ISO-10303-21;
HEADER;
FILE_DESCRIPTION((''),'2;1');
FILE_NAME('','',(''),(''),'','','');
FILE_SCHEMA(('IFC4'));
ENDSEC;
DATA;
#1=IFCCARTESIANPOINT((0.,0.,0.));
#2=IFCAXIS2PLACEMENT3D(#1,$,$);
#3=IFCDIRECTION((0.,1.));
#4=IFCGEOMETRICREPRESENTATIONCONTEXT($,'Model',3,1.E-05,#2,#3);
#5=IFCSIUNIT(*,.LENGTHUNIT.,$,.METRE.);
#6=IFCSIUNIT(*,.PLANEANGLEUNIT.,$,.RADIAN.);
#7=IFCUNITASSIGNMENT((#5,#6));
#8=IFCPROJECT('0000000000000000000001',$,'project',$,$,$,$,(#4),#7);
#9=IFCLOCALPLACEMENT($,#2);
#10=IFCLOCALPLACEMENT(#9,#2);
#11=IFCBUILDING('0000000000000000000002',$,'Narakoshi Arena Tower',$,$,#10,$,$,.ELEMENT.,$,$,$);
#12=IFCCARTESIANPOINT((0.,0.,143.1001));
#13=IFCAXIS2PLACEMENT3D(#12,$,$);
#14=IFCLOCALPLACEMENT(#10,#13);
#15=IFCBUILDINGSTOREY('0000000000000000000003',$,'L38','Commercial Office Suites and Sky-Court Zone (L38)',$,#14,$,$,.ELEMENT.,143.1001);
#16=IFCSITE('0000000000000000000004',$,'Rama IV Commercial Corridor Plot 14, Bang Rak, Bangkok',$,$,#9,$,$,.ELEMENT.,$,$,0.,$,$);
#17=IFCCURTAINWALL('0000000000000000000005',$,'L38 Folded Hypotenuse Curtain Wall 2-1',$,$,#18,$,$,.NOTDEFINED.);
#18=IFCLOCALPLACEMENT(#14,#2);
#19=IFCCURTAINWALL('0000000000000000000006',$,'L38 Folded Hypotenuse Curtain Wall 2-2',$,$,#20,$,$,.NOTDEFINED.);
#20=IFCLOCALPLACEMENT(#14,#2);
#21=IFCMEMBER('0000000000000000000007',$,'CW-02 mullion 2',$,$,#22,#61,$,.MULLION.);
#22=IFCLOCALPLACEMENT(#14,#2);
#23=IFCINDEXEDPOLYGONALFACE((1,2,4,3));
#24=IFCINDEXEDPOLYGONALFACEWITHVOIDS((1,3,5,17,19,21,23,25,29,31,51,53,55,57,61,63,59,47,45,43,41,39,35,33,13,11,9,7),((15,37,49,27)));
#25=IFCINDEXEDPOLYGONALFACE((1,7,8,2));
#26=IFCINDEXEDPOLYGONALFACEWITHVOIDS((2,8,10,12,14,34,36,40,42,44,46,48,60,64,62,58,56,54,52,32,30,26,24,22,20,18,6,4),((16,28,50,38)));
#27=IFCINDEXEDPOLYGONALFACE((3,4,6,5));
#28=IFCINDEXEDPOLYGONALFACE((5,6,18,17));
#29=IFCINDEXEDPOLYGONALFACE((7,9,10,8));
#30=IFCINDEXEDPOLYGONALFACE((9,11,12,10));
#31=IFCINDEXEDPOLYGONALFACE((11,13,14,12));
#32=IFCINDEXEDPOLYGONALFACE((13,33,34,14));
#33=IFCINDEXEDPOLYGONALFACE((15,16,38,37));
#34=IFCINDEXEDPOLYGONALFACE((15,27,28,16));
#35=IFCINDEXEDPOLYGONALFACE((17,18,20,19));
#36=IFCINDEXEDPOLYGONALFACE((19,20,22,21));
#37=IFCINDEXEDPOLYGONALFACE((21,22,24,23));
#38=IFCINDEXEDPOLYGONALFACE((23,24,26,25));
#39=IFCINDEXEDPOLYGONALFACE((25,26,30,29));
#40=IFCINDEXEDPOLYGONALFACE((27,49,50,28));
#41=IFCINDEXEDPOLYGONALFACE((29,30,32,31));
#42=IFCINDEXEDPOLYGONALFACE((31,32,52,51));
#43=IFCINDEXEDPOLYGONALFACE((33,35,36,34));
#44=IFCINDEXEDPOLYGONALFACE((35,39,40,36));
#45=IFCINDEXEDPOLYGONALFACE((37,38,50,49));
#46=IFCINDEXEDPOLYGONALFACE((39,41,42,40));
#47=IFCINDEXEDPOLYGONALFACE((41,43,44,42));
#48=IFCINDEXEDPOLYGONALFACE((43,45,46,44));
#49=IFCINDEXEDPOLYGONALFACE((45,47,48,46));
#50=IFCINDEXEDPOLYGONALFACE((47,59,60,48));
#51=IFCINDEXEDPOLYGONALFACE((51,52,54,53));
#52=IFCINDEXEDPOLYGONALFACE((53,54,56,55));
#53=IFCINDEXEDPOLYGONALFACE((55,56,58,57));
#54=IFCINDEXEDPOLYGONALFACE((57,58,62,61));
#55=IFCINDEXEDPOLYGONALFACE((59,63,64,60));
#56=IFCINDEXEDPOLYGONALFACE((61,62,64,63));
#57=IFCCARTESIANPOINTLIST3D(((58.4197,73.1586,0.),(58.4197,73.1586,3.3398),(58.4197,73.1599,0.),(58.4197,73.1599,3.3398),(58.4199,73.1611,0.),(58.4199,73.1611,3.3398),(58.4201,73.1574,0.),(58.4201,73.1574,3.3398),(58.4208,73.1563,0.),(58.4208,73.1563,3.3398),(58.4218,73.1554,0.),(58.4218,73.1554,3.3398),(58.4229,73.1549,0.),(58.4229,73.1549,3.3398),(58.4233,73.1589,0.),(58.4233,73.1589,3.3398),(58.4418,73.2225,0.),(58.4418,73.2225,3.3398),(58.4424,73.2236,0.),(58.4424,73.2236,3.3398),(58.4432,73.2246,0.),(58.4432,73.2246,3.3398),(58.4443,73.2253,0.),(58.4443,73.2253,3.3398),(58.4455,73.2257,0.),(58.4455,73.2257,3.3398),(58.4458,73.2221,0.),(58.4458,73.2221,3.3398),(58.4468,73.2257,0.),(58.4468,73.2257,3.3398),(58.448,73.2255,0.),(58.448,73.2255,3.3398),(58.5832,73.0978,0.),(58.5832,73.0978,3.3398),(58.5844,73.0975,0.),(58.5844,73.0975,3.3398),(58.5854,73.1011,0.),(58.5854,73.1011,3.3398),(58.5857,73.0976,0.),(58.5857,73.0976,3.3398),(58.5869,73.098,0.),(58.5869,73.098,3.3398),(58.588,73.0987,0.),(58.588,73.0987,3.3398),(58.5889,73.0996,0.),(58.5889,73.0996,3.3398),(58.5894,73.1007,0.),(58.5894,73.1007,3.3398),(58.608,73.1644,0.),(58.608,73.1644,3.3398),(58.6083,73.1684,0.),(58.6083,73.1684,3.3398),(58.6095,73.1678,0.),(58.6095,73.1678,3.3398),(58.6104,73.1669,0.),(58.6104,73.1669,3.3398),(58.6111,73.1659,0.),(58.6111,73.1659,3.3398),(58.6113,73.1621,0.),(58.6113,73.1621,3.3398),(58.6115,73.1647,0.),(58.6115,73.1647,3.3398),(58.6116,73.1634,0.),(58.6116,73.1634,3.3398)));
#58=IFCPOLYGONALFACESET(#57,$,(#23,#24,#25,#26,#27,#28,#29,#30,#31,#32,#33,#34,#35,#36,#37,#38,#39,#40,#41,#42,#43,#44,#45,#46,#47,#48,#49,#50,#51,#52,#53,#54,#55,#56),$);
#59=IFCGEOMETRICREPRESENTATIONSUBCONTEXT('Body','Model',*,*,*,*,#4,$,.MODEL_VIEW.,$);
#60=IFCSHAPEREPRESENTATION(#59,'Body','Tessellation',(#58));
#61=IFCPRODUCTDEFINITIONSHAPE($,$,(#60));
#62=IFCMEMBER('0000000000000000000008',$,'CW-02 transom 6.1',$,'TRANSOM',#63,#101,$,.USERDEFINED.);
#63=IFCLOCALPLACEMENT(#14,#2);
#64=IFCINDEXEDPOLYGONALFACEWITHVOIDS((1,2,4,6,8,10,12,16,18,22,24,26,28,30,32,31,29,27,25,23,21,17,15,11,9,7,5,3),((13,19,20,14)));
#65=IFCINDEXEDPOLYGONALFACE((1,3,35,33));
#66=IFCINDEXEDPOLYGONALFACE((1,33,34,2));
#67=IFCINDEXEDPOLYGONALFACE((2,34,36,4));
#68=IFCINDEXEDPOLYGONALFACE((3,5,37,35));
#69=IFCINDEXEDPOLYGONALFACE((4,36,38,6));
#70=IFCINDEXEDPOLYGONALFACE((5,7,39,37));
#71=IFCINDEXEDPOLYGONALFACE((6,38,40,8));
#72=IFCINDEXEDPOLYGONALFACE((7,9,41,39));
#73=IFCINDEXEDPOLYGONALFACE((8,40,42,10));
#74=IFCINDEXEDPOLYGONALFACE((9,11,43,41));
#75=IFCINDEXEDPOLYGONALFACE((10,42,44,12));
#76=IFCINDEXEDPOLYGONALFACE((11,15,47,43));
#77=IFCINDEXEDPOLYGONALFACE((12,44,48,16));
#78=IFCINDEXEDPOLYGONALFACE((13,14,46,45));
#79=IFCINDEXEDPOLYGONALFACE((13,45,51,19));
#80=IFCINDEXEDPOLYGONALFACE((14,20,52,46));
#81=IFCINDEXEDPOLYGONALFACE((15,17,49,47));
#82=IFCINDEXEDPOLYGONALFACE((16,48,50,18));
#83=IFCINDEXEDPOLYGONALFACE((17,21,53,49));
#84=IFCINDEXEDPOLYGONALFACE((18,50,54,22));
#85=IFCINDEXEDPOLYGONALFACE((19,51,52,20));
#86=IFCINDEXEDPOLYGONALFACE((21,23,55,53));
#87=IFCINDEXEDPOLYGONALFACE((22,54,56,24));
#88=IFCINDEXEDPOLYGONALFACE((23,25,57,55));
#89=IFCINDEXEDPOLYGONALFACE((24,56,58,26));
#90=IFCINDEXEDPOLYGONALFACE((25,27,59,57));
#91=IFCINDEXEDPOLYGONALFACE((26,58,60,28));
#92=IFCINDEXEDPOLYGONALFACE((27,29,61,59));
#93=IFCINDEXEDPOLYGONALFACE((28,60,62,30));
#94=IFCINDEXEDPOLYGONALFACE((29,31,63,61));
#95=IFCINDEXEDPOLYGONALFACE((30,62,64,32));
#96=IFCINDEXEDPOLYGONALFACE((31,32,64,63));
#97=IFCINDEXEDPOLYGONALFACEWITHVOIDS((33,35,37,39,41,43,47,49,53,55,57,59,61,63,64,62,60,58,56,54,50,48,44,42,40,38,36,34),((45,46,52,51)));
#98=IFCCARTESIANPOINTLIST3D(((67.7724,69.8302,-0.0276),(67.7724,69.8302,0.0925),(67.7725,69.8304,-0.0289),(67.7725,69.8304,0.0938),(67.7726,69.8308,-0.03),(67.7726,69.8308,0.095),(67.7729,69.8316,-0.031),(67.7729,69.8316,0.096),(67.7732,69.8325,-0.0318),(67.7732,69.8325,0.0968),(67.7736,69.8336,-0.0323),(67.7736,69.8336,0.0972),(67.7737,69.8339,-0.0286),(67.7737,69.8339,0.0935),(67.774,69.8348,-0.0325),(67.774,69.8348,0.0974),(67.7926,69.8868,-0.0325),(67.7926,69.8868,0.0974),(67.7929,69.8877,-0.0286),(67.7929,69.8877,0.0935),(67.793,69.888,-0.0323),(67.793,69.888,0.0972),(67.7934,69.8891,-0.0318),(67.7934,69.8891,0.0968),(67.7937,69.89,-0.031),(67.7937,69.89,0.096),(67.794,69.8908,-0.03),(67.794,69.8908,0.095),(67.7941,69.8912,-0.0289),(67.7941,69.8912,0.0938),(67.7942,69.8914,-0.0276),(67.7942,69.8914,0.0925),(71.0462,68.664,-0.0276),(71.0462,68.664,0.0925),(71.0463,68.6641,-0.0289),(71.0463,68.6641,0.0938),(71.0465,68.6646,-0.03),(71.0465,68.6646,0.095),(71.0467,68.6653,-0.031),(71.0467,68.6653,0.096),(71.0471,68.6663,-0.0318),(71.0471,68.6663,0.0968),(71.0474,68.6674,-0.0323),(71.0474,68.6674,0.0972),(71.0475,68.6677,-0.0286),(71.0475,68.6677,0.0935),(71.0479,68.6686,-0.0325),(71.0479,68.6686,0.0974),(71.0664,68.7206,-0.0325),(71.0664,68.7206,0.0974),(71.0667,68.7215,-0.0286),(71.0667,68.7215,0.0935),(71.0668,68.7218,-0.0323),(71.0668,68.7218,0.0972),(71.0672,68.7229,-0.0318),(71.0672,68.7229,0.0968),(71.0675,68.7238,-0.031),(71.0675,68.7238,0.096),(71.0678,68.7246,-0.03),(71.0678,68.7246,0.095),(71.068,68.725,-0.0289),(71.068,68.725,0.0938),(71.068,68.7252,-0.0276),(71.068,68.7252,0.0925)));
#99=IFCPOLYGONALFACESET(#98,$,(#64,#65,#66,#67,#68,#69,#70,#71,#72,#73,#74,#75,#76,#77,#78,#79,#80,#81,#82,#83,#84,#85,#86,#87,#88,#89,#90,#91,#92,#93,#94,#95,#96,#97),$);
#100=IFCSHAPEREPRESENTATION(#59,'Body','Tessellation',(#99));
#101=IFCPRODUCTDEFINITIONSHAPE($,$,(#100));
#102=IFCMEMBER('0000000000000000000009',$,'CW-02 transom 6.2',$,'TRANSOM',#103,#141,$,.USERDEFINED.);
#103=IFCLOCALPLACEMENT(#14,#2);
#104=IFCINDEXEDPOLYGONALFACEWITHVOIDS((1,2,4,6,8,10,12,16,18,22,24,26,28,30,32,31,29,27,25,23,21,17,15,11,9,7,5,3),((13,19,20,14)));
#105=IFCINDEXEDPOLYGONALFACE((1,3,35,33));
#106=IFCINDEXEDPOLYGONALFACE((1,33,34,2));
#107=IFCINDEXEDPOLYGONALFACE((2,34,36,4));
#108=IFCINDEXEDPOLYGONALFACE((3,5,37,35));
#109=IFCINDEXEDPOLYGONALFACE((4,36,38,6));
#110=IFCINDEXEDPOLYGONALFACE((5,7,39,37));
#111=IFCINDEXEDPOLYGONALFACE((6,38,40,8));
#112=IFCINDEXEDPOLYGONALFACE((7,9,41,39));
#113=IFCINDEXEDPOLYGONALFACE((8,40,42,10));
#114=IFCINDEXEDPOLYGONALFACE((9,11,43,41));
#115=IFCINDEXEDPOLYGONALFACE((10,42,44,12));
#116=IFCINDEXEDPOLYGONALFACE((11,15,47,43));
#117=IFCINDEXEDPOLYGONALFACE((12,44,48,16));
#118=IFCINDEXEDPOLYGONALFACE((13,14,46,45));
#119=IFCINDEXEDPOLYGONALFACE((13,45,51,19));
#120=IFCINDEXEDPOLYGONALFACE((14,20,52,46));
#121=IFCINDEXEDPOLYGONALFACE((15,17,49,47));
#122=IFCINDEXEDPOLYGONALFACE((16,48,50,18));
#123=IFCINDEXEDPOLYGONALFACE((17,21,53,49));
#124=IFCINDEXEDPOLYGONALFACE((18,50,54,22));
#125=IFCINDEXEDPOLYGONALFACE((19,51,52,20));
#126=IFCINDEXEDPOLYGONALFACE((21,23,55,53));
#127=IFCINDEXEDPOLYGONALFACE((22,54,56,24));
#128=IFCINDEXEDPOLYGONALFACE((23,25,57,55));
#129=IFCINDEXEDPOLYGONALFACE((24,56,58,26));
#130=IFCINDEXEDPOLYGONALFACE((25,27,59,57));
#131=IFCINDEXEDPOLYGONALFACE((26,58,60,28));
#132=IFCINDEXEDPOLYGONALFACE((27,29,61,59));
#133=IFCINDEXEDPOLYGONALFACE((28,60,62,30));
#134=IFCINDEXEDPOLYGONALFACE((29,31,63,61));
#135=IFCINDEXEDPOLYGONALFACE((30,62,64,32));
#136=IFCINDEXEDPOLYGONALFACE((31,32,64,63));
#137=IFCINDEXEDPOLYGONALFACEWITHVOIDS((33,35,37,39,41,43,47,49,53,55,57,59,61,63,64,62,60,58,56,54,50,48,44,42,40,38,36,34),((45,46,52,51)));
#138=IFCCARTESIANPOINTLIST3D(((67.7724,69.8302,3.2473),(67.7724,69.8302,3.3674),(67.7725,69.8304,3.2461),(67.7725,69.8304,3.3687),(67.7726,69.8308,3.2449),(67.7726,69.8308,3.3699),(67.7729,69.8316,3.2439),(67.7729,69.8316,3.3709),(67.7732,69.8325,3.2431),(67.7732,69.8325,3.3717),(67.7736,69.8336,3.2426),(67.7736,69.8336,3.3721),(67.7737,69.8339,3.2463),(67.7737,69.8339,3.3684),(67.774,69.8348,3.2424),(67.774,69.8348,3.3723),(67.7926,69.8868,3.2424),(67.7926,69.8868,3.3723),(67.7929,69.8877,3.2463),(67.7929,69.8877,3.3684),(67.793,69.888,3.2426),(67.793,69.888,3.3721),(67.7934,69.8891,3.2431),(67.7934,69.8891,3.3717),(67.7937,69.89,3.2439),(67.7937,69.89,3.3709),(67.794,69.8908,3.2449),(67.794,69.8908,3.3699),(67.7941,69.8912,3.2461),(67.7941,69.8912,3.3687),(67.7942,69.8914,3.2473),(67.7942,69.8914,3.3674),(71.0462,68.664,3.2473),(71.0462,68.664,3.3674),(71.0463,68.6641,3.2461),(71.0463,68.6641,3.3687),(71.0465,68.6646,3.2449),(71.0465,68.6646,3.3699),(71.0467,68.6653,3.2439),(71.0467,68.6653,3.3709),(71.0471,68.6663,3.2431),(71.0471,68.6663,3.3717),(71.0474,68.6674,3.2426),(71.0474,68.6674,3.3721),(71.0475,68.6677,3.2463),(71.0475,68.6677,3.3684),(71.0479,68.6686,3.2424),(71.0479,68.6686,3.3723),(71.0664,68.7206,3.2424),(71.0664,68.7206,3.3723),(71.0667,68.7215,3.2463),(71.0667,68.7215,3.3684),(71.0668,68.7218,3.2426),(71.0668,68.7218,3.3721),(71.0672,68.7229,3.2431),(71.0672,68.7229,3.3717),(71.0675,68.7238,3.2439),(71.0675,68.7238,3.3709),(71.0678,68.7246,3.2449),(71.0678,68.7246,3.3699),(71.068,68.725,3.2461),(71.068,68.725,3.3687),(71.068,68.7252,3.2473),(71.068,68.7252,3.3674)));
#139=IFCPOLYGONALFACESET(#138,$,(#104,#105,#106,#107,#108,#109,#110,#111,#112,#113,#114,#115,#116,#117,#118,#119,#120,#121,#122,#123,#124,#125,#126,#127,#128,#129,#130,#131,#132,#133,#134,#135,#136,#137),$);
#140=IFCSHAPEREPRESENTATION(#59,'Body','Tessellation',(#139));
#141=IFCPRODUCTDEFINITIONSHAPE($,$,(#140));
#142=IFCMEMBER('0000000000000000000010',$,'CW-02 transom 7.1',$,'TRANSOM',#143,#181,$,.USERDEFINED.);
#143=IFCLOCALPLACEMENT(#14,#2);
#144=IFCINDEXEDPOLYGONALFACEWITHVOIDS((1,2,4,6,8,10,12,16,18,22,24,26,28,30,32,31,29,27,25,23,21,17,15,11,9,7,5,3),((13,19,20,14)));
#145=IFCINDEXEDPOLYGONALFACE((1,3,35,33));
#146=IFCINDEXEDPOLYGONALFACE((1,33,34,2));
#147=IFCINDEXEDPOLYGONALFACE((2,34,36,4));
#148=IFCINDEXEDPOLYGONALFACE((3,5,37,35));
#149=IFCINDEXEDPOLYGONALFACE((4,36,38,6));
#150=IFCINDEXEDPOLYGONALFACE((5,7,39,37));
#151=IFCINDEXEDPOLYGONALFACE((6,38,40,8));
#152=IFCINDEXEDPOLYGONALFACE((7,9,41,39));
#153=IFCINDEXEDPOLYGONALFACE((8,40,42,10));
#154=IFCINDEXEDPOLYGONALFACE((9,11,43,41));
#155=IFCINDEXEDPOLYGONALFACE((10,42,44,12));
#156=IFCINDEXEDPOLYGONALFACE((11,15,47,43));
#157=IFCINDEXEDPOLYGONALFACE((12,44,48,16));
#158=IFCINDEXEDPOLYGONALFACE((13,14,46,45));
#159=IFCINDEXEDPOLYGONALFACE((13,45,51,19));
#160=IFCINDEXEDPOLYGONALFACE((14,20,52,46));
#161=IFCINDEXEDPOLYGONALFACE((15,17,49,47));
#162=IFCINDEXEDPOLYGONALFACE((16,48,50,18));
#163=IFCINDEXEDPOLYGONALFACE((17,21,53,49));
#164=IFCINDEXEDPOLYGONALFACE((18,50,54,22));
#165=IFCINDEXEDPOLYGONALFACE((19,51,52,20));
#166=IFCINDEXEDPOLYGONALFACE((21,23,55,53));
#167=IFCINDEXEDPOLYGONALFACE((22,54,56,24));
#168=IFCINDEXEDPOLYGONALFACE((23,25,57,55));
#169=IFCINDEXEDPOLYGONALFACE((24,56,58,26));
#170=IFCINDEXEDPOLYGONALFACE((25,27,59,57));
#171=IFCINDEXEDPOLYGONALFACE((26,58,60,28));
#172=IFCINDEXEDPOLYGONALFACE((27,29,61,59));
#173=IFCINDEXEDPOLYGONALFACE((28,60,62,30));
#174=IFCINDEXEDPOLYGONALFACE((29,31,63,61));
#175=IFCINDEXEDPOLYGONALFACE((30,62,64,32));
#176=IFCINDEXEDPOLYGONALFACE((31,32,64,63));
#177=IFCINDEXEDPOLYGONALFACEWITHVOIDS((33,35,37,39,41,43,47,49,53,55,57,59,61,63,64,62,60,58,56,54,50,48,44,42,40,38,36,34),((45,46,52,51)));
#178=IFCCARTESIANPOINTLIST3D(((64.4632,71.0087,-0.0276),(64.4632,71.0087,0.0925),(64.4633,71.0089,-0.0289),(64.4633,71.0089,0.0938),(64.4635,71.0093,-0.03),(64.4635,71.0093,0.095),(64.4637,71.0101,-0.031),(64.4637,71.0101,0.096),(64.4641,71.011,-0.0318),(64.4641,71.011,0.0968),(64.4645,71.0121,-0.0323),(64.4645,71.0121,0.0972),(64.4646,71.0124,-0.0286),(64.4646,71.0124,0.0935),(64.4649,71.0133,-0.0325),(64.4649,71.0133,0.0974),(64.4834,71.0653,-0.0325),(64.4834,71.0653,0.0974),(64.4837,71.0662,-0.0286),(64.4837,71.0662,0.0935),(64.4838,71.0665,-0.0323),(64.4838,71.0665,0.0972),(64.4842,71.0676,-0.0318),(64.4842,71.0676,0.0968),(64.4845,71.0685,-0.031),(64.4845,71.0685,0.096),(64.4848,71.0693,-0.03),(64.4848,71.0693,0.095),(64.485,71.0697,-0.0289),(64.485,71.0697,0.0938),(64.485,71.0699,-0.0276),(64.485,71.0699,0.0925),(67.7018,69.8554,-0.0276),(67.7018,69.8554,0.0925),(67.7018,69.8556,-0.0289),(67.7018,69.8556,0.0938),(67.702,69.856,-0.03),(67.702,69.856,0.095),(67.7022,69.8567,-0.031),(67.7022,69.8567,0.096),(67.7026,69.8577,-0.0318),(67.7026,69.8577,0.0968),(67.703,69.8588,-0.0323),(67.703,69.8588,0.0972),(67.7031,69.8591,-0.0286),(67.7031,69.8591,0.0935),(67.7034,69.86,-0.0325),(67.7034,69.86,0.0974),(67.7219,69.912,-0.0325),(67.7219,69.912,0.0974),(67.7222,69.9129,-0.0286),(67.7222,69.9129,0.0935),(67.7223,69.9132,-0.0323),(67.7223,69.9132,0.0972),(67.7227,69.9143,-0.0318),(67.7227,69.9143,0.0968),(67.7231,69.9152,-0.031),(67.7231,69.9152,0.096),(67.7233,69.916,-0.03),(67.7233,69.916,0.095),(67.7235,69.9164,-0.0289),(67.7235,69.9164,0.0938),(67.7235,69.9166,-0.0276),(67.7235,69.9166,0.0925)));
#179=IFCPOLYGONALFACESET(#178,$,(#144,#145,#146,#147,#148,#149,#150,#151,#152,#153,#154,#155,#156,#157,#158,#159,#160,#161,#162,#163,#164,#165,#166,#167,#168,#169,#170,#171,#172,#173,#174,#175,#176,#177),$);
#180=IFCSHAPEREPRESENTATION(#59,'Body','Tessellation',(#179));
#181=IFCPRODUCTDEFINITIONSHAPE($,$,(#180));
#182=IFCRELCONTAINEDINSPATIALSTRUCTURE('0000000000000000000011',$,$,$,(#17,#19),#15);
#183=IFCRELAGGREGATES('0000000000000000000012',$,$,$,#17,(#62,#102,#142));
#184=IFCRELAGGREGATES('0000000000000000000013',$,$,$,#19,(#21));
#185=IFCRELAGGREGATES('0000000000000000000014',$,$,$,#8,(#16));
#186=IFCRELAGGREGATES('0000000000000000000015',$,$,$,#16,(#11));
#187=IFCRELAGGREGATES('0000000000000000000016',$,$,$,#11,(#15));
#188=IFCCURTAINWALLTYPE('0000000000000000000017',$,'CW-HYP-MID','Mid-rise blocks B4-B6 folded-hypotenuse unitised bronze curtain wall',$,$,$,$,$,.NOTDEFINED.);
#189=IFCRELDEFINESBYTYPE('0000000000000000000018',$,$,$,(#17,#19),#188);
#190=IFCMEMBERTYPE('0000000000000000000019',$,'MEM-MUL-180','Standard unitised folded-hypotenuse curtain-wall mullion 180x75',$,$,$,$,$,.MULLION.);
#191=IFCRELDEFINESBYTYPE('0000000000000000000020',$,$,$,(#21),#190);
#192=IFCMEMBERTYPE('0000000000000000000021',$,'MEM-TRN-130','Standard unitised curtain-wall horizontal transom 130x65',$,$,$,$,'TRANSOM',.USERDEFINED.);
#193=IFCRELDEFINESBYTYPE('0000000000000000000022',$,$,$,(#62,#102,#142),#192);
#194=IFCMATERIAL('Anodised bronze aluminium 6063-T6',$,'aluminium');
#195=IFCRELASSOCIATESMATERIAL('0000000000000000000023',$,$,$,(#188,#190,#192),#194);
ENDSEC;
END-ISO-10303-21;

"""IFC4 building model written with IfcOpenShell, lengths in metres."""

from ifc_helpers import new_model, si_unit, direction, frame, origin, origin_2d, place, context, subcontext, project, spatial, hollow_rectangle, extrude, material, material_profile, profile_set, type_object, element, aggregate, save


model = new_model("IFC4")

# Units and contexts
model_context = context("Model", 3, precision=1e-05, world=origin(), true_north=direction((0.0, 1.0)))
body_context = subcontext(model_context, "Body", "Model", "MODEL_VIEW")
ifc_project = project(units=[si_unit("LENGTHUNIT", "METRE"), si_unit("PLANEANGLEUNIT", "RADIAN")], contexts=[model_context])

# Site, building, storey
site_placement = place(None, origin())
site = spatial("IfcSite", under=ifc_project, at=site_placement, Name="Rama IV Commercial Corridor Plot 14, Bang Rak, Bangkok", CompositionType="ELEMENT", RefElevation=0.0)
building_placement = place(site_placement, origin())
building = spatial("IfcBuilding", under=site, at=building_placement, Name="Narakoshi Arena Tower", CompositionType="ELEMENT")
storey_placement = place(building_placement, frame((0.0, 0.0, 143.1001)))
storey = spatial("IfcBuildingStorey", under=building, at=storey_placement, Name="L38", Description="Commercial Office Suites and Sky-Court Zone (L38)", CompositionType="ELEMENT", Elevation=143.1001)

# Curtain walls, member
ifc_material_1 = material(Name="Anodised bronze aluminium 6063-T6", Category="aluminium")
curtain_wall_type = type_object("IfcCurtainWallType", Name="CW-HYP-MID", Description="Mid-rise blocks B4-B6 folded-hypotenuse unitised bronze curtain wall", PredefinedType="NOTDEFINED", material=ifc_material_1)
curtain_wall_1_placement = place(storey_placement, origin())
curtain_wall_1 = element("IfcCurtainWall", 1, at=curtain_wall_1_placement, inside=storey, type_object=curtain_wall_type, Name="L38 Folded Hypotenuse Curtain Wall 2-1", PredefinedType="NOTDEFINED")
ifc_material_profile_1 = material_profile(ifc_material_1, hollow_rectangle(XDim=0.075, YDim=0.1799, WallThickness=0.0039, OuterFilletRadius=0.0049, at=origin_2d()), Name="MUL180x75x4")
ifc_profile_set_1 = profile_set([ifc_material_profile_1], Name="Anodised bronze aluminium 6063-T6")
member_type_1 = type_object("IfcMemberType", Name="MEM-MUL-180", Description="Standard unitised folded-hypotenuse curtain-wall mullion 180x75", PredefinedType="MULLION", material=ifc_profile_set_1)
curtain_wall_2_placement = place(storey_placement, origin())
curtain_wall_2 = element("IfcCurtainWall", 2, at=curtain_wall_2_placement, inside=storey, type_object=curtain_wall_type, Name="L38 Folded Hypotenuse Curtain Wall 2-2", PredefinedType="NOTDEFINED")
member_1_placement = place(storey_placement, frame((58.5156, 73.1616, 0.0), z_axis=(0.0, 0.0, 1.0), x_axis=(-0.335542, -0.942025, 0.0)))
member_1 = element("IfcMember", 3, at=member_1_placement, type_object=member_type_1, Name="CW-02 mullion 2", PredefinedType="MULLION", context=body_context, shape_type="SweptSolid", body=[
    extrude(hollow_rectangle(XDim=0.075, YDim=0.1799, WallThickness=0.0039, OuterFilletRadius=0.0049, at=origin_2d()), origin(), (0.0, 0.0, 1.0), 3.3398),
])

# Members
ifc_material_profile_2 = material_profile(ifc_material_1, hollow_rectangle(XDim=0.0649, YDim=0.1299, WallThickness=0.0039, OuterFilletRadius=0.0049, at=origin_2d()), Name="TRN130x65x4")
ifc_profile_set_2 = profile_set([ifc_material_profile_2], Name="Anodised bronze aluminium 6063-T6")
member_type_2 = type_object("IfcMemberType", Name="MEM-TRN-130", Description="Standard unitised curtain-wall horizontal transom 130x65", ElementType="TRANSOM", PredefinedType="USERDEFINED", material=ifc_profile_set_2)
member_2_placement = place(storey_placement, frame((71.0571, 68.6946, 0.0325), z_axis=(-0.942015, 0.335571, 0.0), x_axis=(-0.335571, -0.942015, 0.0)))
member_2 = element("IfcMember", 4, at=member_2_placement, type_object=member_type_2, Name="CW-02 transom 6.1", ObjectType="TRANSOM", PredefinedType="USERDEFINED", context=body_context, shape_type="SweptSolid", body=[
    extrude(hollow_rectangle(XDim=0.0649, YDim=0.1299, WallThickness=0.0039, OuterFilletRadius=0.0049, at=origin_2d()), origin(), (0.0, 0.0, 1.0), 3.4753),
])
member_3_placement = place(storey_placement, frame((71.0571, 68.6946, 3.3074), z_axis=(-0.942015, 0.335571, 0.0), x_axis=(-0.335571, -0.942015, 0.0)))
member_3 = element("IfcMember", 5, at=member_3_placement, type_object=member_type_2, Name="CW-02 transom 6.2", ObjectType="TRANSOM", PredefinedType="USERDEFINED", context=body_context, shape_type="SweptSolid", body=[
    extrude(hollow_rectangle(XDim=0.0649, YDim=0.1299, WallThickness=0.0039, OuterFilletRadius=0.0049, at=origin_2d()), origin(), (0.0, 0.0, 1.0), 3.4753),
])
member_4_placement = place(storey_placement, frame((67.7126, 69.886, 0.0325), z_axis=(-0.942045, 0.335486, 0.0), x_axis=(-0.335486, -0.942045, 0.0)))
member_4 = element("IfcMember", 6, at=member_4_placement, type_object=member_type_2, Name="CW-02 transom 7.1", ObjectType="TRANSOM", PredefinedType="USERDEFINED", context=body_context, shape_type="SweptSolid", body=[
    extrude(hollow_rectangle(XDim=0.0649, YDim=0.1299, WallThickness=0.0039, OuterFilletRadius=0.0049, at=origin_2d()), origin(), (0.0, 0.0, 1.0), 3.4377),
])

aggregate(curtain_wall_1, [member_2, member_3, member_4])
aggregate(curtain_wall_2, [member_1])

save(model, "model.ifc")
